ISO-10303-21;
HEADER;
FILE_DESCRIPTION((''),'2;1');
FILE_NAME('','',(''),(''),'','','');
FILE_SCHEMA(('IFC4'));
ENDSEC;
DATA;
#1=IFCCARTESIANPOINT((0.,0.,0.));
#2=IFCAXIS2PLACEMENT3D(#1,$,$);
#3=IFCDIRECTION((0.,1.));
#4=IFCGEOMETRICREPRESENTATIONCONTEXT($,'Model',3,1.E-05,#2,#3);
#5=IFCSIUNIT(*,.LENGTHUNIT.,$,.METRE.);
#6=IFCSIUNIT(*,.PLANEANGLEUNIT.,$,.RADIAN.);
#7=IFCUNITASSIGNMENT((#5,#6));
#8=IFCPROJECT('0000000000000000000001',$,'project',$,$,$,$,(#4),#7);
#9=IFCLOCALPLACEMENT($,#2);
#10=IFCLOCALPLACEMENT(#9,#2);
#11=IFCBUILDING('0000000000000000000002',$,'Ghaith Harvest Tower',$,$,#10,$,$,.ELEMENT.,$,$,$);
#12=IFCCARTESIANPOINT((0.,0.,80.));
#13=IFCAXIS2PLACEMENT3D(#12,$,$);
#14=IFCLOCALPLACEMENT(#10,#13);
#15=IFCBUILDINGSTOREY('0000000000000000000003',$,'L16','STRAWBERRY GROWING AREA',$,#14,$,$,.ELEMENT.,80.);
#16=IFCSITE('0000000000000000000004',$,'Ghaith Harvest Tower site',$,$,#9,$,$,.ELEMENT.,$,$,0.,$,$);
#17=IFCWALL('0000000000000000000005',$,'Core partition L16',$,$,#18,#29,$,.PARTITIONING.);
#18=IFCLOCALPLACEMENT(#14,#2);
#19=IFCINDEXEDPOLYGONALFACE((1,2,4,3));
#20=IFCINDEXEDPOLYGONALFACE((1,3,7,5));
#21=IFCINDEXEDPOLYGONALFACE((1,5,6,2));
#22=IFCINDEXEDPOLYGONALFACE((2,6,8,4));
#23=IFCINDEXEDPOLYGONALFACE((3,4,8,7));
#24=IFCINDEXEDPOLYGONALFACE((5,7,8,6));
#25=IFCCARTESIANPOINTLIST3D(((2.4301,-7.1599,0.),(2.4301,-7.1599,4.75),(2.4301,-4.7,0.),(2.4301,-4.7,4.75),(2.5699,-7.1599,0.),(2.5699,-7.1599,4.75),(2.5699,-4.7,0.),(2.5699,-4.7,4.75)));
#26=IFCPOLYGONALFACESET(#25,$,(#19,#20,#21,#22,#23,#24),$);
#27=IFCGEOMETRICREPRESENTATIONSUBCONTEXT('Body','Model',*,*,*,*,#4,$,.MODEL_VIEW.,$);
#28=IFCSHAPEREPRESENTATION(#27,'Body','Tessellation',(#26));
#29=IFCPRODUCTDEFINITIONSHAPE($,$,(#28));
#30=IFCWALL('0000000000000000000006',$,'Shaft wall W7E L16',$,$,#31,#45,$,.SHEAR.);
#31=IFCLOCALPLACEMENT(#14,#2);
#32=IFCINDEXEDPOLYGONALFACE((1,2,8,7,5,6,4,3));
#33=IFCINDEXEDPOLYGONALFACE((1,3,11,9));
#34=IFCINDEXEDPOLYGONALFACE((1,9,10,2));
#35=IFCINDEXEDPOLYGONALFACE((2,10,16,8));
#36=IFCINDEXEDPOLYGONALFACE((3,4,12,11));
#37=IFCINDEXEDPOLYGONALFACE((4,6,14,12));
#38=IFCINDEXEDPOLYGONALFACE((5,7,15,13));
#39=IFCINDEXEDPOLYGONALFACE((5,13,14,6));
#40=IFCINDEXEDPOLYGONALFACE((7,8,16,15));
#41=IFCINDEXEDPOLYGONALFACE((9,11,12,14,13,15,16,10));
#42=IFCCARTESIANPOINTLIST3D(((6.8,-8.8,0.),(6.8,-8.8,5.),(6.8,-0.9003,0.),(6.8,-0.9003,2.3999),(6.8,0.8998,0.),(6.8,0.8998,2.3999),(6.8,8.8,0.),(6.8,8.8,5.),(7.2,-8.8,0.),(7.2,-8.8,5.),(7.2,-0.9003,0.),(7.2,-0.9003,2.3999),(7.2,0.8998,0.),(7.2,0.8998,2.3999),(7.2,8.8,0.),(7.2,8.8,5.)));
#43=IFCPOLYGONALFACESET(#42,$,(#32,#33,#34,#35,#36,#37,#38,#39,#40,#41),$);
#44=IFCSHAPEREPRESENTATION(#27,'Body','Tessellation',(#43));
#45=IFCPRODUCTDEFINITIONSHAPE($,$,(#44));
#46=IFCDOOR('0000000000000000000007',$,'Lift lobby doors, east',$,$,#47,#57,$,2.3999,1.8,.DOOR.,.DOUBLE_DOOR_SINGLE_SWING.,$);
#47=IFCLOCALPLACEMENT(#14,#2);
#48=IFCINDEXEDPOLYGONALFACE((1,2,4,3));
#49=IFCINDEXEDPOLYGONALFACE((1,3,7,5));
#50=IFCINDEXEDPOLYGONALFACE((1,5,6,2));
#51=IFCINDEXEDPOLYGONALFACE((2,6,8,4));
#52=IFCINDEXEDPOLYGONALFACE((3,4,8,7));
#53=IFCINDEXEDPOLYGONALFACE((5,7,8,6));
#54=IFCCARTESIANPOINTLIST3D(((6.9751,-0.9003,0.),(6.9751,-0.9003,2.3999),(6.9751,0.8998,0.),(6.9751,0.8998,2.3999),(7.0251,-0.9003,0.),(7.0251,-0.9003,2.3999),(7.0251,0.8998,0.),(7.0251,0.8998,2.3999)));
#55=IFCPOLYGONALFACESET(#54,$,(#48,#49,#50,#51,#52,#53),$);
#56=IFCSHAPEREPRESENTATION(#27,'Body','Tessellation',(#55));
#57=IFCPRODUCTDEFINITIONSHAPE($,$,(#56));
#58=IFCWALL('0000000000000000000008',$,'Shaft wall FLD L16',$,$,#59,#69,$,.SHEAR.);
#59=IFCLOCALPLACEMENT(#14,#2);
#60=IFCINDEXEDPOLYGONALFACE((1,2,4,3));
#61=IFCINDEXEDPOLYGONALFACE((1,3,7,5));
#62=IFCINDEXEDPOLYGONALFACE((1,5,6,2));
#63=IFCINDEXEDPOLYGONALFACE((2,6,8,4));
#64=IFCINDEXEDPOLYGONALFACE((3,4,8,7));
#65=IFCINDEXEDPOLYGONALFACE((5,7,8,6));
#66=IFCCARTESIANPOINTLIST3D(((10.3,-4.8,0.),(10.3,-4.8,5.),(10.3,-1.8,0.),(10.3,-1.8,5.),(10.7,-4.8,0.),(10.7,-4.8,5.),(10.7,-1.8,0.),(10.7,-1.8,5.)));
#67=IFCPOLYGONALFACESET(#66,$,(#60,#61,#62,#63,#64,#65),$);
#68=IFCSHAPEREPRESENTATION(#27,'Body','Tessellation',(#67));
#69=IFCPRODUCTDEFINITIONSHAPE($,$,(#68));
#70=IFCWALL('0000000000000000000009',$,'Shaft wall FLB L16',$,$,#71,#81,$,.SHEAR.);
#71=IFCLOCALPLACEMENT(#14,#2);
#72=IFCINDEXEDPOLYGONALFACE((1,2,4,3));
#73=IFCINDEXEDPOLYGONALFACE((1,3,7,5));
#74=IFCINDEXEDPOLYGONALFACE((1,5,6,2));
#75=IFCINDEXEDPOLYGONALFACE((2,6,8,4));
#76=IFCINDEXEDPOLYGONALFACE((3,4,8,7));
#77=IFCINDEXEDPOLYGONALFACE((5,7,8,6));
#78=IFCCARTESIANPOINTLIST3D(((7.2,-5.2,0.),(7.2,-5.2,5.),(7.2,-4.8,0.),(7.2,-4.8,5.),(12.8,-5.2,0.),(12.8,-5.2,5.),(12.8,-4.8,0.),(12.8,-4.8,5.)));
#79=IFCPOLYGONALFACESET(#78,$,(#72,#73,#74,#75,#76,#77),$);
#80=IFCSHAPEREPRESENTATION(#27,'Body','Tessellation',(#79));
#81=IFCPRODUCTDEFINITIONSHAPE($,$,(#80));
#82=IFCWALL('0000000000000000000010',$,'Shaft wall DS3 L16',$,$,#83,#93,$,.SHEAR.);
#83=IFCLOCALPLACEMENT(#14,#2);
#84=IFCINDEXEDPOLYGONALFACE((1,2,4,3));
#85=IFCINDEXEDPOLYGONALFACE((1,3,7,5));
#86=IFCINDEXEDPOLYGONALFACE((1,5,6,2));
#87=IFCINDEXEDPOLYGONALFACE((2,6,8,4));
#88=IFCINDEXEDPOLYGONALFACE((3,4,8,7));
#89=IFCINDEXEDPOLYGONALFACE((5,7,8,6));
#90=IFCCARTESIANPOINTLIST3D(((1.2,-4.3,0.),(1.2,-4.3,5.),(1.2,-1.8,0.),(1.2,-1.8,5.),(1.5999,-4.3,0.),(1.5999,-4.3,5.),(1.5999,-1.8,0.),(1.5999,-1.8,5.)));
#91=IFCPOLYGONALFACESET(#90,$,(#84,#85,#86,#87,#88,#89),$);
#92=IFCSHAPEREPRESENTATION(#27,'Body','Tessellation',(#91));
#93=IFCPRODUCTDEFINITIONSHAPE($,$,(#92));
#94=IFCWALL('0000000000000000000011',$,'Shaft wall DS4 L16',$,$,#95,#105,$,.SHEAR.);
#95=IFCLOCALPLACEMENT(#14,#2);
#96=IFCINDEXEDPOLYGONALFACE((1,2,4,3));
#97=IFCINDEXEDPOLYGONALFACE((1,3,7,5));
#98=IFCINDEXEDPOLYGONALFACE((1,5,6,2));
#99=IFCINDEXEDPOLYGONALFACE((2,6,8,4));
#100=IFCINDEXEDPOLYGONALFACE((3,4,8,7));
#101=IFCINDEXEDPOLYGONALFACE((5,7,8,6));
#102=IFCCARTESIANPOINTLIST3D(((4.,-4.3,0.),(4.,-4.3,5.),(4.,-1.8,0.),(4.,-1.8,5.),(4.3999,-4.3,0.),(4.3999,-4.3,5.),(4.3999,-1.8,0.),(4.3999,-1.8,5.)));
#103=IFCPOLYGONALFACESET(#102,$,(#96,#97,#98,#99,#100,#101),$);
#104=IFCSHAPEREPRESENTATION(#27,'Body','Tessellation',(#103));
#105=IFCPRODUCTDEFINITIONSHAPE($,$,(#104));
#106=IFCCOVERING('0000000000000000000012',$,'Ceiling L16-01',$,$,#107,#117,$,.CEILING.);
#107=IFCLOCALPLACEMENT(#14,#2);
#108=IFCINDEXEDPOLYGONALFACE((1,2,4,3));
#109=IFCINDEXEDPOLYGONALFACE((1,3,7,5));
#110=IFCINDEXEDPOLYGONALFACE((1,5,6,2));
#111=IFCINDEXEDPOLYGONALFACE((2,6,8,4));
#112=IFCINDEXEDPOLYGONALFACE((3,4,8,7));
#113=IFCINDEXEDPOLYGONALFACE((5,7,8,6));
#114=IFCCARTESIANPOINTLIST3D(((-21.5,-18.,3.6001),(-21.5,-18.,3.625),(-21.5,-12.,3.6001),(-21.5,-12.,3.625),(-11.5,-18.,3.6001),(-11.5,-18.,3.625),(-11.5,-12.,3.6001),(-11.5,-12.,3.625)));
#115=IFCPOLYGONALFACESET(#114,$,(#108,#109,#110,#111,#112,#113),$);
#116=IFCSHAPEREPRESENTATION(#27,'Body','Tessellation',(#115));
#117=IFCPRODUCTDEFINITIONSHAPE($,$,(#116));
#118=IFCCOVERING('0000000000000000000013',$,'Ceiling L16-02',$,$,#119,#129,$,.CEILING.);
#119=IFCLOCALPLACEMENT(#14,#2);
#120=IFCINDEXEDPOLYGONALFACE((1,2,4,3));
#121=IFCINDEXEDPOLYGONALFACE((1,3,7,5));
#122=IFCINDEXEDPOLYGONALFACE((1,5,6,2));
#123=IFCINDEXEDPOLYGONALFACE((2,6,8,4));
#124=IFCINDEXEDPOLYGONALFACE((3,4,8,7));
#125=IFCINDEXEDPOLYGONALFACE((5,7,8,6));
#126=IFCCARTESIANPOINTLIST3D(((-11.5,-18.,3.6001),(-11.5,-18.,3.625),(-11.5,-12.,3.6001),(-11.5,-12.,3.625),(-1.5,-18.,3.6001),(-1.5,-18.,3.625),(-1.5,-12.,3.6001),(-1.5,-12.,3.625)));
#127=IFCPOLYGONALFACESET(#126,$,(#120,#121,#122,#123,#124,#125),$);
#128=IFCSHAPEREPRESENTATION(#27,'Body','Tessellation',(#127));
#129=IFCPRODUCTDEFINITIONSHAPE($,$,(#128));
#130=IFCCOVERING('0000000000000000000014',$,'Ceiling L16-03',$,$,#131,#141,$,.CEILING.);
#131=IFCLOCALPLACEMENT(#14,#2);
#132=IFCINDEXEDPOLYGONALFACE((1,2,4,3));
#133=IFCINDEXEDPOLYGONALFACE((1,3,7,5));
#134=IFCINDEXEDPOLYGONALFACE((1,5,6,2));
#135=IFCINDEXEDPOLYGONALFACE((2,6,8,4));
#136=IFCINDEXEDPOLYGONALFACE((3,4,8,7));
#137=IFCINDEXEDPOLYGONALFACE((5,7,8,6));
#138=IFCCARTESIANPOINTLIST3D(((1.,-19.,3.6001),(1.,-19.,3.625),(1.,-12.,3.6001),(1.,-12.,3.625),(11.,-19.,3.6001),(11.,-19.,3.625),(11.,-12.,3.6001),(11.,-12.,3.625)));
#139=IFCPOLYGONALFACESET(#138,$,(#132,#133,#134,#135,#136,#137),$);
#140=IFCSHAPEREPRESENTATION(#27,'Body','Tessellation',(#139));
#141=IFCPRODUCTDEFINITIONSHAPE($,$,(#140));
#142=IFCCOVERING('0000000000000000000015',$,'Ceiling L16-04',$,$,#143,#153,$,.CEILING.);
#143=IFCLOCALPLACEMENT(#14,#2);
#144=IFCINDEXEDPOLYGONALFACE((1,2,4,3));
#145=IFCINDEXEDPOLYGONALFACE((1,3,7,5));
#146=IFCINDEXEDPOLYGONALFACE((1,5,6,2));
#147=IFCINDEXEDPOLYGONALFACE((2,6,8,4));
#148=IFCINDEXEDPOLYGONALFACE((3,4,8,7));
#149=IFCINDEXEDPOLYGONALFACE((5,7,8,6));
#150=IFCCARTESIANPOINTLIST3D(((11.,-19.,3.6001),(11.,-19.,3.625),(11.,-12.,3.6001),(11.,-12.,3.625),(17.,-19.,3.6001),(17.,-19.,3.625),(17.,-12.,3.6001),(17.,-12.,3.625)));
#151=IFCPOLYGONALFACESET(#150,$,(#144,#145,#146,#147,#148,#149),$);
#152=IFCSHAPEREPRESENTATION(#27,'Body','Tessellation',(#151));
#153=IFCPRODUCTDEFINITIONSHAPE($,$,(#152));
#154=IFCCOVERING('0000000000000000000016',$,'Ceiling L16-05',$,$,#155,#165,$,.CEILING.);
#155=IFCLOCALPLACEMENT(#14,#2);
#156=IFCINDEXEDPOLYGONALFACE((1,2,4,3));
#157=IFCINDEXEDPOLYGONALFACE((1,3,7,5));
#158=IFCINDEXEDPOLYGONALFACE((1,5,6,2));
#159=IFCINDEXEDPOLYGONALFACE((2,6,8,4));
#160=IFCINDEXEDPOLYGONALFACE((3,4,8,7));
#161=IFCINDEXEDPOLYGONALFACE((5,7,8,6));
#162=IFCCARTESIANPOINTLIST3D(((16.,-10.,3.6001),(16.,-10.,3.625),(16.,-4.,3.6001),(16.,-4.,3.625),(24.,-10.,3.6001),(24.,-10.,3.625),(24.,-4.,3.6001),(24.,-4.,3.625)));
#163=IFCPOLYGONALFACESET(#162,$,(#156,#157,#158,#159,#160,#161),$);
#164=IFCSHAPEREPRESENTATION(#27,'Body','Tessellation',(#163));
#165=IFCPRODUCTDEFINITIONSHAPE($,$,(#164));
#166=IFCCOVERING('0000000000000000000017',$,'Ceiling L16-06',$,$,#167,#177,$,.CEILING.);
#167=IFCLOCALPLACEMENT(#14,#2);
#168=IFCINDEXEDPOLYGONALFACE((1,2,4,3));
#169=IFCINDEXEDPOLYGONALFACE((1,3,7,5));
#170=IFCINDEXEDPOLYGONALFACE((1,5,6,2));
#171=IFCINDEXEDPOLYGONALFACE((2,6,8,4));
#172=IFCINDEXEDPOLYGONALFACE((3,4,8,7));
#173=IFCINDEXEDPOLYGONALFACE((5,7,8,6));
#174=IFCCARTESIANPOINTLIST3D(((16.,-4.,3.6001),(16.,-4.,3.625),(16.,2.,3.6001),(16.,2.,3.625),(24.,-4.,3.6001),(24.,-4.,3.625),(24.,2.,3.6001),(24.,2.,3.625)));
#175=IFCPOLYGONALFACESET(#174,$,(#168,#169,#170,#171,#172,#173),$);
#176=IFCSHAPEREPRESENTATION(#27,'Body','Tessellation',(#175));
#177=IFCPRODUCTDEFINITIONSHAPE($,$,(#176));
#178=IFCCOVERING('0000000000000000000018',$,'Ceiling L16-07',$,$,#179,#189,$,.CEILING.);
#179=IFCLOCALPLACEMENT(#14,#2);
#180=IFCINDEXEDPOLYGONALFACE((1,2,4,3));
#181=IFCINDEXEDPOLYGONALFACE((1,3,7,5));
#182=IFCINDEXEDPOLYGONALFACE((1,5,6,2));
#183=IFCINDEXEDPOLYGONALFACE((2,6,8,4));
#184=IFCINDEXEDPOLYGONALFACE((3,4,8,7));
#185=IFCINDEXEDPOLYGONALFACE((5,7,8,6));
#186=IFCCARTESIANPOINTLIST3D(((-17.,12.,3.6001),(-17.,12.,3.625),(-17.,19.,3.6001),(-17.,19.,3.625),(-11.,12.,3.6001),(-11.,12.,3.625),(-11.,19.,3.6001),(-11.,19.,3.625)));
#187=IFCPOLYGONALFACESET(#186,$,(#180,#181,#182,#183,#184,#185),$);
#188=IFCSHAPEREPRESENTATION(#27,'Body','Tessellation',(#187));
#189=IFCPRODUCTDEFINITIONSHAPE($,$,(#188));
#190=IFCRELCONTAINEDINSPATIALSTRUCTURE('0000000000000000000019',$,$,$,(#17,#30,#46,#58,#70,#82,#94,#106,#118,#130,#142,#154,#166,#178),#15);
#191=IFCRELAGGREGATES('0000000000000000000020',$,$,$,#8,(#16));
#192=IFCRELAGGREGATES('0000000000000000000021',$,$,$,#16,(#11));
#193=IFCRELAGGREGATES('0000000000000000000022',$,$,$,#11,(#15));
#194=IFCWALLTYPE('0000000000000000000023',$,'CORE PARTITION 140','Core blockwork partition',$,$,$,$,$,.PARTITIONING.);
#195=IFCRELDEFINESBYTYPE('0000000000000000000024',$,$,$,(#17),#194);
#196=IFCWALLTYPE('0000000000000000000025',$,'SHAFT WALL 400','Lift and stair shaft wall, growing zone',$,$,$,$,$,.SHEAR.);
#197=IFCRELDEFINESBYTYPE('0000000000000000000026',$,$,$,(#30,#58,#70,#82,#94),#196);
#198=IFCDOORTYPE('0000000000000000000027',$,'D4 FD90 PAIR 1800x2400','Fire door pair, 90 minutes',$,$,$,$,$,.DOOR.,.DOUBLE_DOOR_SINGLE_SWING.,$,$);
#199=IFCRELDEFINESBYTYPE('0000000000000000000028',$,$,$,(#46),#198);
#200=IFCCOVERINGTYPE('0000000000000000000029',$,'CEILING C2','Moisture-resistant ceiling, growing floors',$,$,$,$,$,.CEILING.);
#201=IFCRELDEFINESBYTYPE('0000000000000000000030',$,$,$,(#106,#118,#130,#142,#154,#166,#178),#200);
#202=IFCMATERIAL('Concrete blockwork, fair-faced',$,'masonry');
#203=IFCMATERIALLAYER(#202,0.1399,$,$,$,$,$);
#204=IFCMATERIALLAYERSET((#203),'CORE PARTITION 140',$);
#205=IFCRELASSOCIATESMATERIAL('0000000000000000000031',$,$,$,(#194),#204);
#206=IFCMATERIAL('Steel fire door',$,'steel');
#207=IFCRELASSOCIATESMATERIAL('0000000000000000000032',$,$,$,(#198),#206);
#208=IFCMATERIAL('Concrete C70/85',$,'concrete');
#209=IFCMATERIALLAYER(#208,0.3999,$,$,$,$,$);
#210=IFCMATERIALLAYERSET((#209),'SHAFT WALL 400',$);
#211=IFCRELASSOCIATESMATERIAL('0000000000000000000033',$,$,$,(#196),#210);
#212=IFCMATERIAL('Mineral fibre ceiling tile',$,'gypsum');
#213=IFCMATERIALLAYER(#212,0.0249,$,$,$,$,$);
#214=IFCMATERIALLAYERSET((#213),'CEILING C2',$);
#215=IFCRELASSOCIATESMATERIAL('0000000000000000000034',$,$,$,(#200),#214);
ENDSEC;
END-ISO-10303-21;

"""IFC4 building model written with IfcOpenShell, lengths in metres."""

from ifc_helpers import new_model, si_unit, direction, frame, frame_2d, origin, place, context, subcontext, project, spatial, polyline, rectangle, outline, extrude, material, layer, layer_set, type_object, element, fill, save


model = new_model("IFC4")

# Units and contexts
model_context = context("Model", 3, precision=1e-05, world=origin(), true_north=direction((0.0, 1.0)))
body_context = subcontext(model_context, "Body", "Model", "MODEL_VIEW")
ifc_project = project(units=[si_unit("LENGTHUNIT", "METRE"), si_unit("PLANEANGLEUNIT", "RADIAN")], contexts=[model_context])

# Site, building, storey
site_placement = place(None, origin())
site = spatial("IfcSite", under=ifc_project, at=site_placement, Name="Ghaith Harvest Tower site", CompositionType="ELEMENT", RefElevation=0.0)
building_placement = place(site_placement, origin())
building = spatial("IfcBuilding", under=site, at=building_placement, Name="Ghaith Harvest Tower", CompositionType="ELEMENT")
storey_placement = place(building_placement, frame((0.0, 0.0, 80.0)))
storey = spatial("IfcBuildingStorey", under=building, at=storey_placement, Name="L16", Description="STRAWBERRY GROWING AREA", CompositionType="ELEMENT", Elevation=80.0)

# Wall
ifc_material_1 = material(Name="Concrete blockwork, fair-faced", Category="masonry")
ifc_layer_1 = layer(ifc_material_1, 0.1399)
ifc_layer_set_1 = layer_set([ifc_layer_1], Name="CORE PARTITION 140")
wall_type_1 = type_object("IfcWallType", Name="CORE PARTITION 140", Description="Core blockwork partition", PredefinedType="PARTITIONING", material=ifc_layer_set_1)
wall_1_placement = place(storey_placement, frame((2.5, -4.7, 0.0), z_axis=(0.0, 0.0, 1.0), x_axis=(0.0, -1.0, 0.0)))
element("IfcWall", 1, at=wall_1_placement, inside=storey, type_object=wall_type_1, Name="Core partition L16", PredefinedType="PARTITIONING", context=body_context, shape_type="SweptSolid", body=[
    extrude(rectangle(XDim=2.46, YDim=0.1399, at=frame_2d((1.23, 0.0))), origin(), (0.0, 0.0, 1.0), 4.75),
])

# Wall, opening, door
ifc_material_2 = material(Name="Steel fire door", Category="steel")
door_type_1 = type_object("IfcDoorType", Name="D4 FD90 PAIR 1800x2400", Description="Fire door pair, 90 minutes", OperationType="DOUBLE_DOOR_SINGLE_SWING", PredefinedType="DOOR", material=ifc_material_2)
ifc_material_3 = material(Name="Concrete C70/85", Category="concrete")
ifc_layer_2 = layer(ifc_material_3, 0.3999)
ifc_layer_set_2 = layer_set([ifc_layer_2], Name="SHAFT WALL 400")
wall_type_2 = type_object("IfcWallType", Name="SHAFT WALL 400", Description="Lift and stair shaft wall, growing zone", PredefinedType="SHEAR", material=ifc_layer_set_2)
wall_2_placement = place(storey_placement, frame((7.0, -8.8, 0.0), z_axis=(0.0, 0.0, 1.0), x_axis=(0.0, 1.0, 0.0)))
wall_2 = element("IfcWall", 2, at=wall_2_placement, inside=storey, type_object=wall_type_2, Name="Shaft wall W7E L16", PredefinedType="SHEAR", context=body_context, shape_type="SweptSolid", body=[
    extrude(rectangle(XDim=17.6001, YDim=0.3999, at=frame_2d((8.8, 0.0))), origin(), (0.0, 0.0, 1.0), 5.0),
])
opening_1_placement = place(wall_2_placement, frame((7.8999, 0.0, 0.0)))
opening_1 = element("IfcOpeningElement", 3, at=opening_1_placement, cuts=wall_2, PredefinedType="OPENING", context=body_context, shape_type="SweptSolid", body=[
    extrude(rectangle(XDim=1.8, YDim=2.3999, at=frame_2d((0.8999, 1.2))), frame((0.0, 0.21, 0.0), z_axis=(0.0, -1.0, 0.0), x_axis=(1.0, 0.0, 0.0)), (0.0, 0.0, 1.0), 0.4199),
])
door_1_placement = place(opening_1_placement, origin())
door_1 = element("IfcDoor", 4, at=door_1_placement, inside=storey, type_object=door_type_1, Name="Lift lobby doors, east", OperationType="DOUBLE_DOOR_SINGLE_SWING", OverallHeight=2.3999, OverallWidth=1.8, PredefinedType="DOOR", context=body_context, shape_type="SweptSolid", body=[
    extrude(rectangle(XDim=1.8, YDim=2.3999, at=frame_2d((0.8999, 1.2))), frame((0.0, 0.0249, 0.0), z_axis=(0.0, -1.0, 0.0), x_axis=(1.0, 0.0, 0.0)), (0.0, 0.0, 1.0), 0.05),
])
fill(opening_1, door_1)

# Walls
wall_3_placement = place(storey_placement, frame((10.5, -4.8, 0.0), z_axis=(0.0, 0.0, 1.0), x_axis=(0.0, 1.0, 0.0)))
element("IfcWall", 5, at=wall_3_placement, inside=storey, type_object=wall_type_2, Name="Shaft wall FLD L16", PredefinedType="SHEAR", context=body_context, shape_type="SweptSolid", body=[
    extrude(rectangle(XDim=3.0, YDim=0.3999, at=frame_2d((1.5, 0.0))), origin(), (0.0, 0.0, 1.0), 5.0),
])
wall_4_placement = place(storey_placement, frame((7.2, -5.0, 0.0), z_axis=(0.0, 0.0, 1.0), x_axis=(1.0, 0.0, 0.0)))
element("IfcWall", 6, at=wall_4_placement, inside=storey, type_object=wall_type_2, Name="Shaft wall FLB L16", PredefinedType="SHEAR", context=body_context, shape_type="SweptSolid", body=[
    extrude(rectangle(XDim=5.6001, YDim=0.3999, at=frame_2d((2.8, 0.0))), origin(), (0.0, 0.0, 1.0), 5.0),
])
for number, where, z_axis, x_axis, name in (
    (7, (1.3999, -4.3, 0.0), (0.0, 0.0, 1.0), (0.0, 1.0, 0.0), "Shaft wall DS3 L16"),
    (8, (4.2, -4.3, 0.0), (0.0, 0.0, 1.0), (0.0, 1.0, 0.0), "Shaft wall DS4 L16"),
):
    element("IfcWall", number, at=place(storey_placement, frame(where, z_axis=z_axis, x_axis=x_axis)), inside=storey, type_object=wall_type_2, Name=name, PredefinedType="SHEAR", context=body_context, shape_type="SweptSolid", body=[
        extrude(rectangle(XDim=2.5, YDim=0.3999, at=frame_2d((1.25, 0.0))), origin(), (0.0, 0.0, 1.0), 5.0),
    ])

# Coverings
ifc_material_4 = material(Name="Mineral fibre ceiling tile", Category="gypsum")
ifc_layer_3 = layer(ifc_material_4, 0.0249)
ifc_layer_set_3 = layer_set([ifc_layer_3], Name="CEILING C2")
covering_type = type_object("IfcCoveringType", Name="CEILING C2", Description="Moisture-resistant ceiling, growing floors", PredefinedType="CEILING", material=ifc_layer_set_3)
covering_1_placement = place(storey_placement, frame((0.0, 0.0, 3.6001)))
element("IfcCovering", 9, at=covering_1_placement, inside=storey, type_object=covering_type, Name="Ceiling L16-01", PredefinedType="CEILING", context=body_context, shape_type="SweptSolid", body=[
    extrude(outline(polyline([(-21.5, -18.0), (-11.5, -18.0), (-11.5, -12.0), (-21.5, -12.0), (-21.5, -18.0)])), origin(), (0.0, 0.0, 1.0), 0.0249),
])
covering_2_placement = place(storey_placement, frame((0.0, 0.0, 3.6001)))
element("IfcCovering", 10, at=covering_2_placement, inside=storey, type_object=covering_type, Name="Ceiling L16-02", PredefinedType="CEILING", context=body_context, shape_type="SweptSolid", body=[
    extrude(outline(polyline([(-11.5, -18.0), (-1.5, -18.0), (-1.5, -12.0), (-11.5, -12.0), (-11.5, -18.0)])), origin(), (0.0, 0.0, 1.0), 0.0249),
])
covering_3_placement = place(storey_placement, frame((0.0, 0.0, 3.6001)))
element("IfcCovering", 11, at=covering_3_placement, inside=storey, type_object=covering_type, Name="Ceiling L16-03", PredefinedType="CEILING", context=body_context, shape_type="SweptSolid", body=[
    extrude(outline(polyline([(1.0, -19.0), (11.0, -19.0), (11.0, -12.0), (1.0, -12.0), (1.0, -19.0)])), origin(), (0.0, 0.0, 1.0), 0.0249),
])
covering_4_placement = place(storey_placement, frame((0.0, 0.0, 3.6001)))
element("IfcCovering", 12, at=covering_4_placement, inside=storey, type_object=covering_type, Name="Ceiling L16-04", PredefinedType="CEILING", context=body_context, shape_type="SweptSolid", body=[
    extrude(outline(polyline([(11.0, -19.0), (17.0, -19.0), (17.0, -12.0), (11.0, -12.0), (11.0, -19.0)])), origin(), (0.0, 0.0, 1.0), 0.0249),
])
covering_5_placement = place(storey_placement, frame((0.0, 0.0, 3.6001)))
element("IfcCovering", 13, at=covering_5_placement, inside=storey, type_object=covering_type, Name="Ceiling L16-05", PredefinedType="CEILING", context=body_context, shape_type="SweptSolid", body=[
    extrude(outline(polyline([(16.0, -10.0), (24.0, -10.0), (24.0, -4.0), (16.0, -4.0), (16.0, -10.0)])), origin(), (0.0, 0.0, 1.0), 0.0249),
])
covering_6_placement = place(storey_placement, frame((0.0, 0.0, 3.6001)))
element("IfcCovering", 14, at=covering_6_placement, inside=storey, type_object=covering_type, Name="Ceiling L16-06", PredefinedType="CEILING", context=body_context, shape_type="SweptSolid", body=[
    extrude(outline(polyline([(16.0, -4.0), (24.0, -4.0), (24.0, 2.0), (16.0, 2.0), (16.0, -4.0)])), origin(), (0.0, 0.0, 1.0), 0.0249),
])
covering_7_placement = place(storey_placement, frame((0.0, 0.0, 3.6001)))
element("IfcCovering", 15, at=covering_7_placement, inside=storey, type_object=covering_type, Name="Ceiling L16-07", PredefinedType="CEILING", context=body_context, shape_type="SweptSolid", body=[
    extrude(outline(polyline([(-17.0, 12.0), (-11.0, 12.0), (-11.0, 19.0), (-17.0, 19.0), (-17.0, 12.0)])), origin(), (0.0, 0.0, 1.0), 0.0249),
])

save(model, "model.ifc")
